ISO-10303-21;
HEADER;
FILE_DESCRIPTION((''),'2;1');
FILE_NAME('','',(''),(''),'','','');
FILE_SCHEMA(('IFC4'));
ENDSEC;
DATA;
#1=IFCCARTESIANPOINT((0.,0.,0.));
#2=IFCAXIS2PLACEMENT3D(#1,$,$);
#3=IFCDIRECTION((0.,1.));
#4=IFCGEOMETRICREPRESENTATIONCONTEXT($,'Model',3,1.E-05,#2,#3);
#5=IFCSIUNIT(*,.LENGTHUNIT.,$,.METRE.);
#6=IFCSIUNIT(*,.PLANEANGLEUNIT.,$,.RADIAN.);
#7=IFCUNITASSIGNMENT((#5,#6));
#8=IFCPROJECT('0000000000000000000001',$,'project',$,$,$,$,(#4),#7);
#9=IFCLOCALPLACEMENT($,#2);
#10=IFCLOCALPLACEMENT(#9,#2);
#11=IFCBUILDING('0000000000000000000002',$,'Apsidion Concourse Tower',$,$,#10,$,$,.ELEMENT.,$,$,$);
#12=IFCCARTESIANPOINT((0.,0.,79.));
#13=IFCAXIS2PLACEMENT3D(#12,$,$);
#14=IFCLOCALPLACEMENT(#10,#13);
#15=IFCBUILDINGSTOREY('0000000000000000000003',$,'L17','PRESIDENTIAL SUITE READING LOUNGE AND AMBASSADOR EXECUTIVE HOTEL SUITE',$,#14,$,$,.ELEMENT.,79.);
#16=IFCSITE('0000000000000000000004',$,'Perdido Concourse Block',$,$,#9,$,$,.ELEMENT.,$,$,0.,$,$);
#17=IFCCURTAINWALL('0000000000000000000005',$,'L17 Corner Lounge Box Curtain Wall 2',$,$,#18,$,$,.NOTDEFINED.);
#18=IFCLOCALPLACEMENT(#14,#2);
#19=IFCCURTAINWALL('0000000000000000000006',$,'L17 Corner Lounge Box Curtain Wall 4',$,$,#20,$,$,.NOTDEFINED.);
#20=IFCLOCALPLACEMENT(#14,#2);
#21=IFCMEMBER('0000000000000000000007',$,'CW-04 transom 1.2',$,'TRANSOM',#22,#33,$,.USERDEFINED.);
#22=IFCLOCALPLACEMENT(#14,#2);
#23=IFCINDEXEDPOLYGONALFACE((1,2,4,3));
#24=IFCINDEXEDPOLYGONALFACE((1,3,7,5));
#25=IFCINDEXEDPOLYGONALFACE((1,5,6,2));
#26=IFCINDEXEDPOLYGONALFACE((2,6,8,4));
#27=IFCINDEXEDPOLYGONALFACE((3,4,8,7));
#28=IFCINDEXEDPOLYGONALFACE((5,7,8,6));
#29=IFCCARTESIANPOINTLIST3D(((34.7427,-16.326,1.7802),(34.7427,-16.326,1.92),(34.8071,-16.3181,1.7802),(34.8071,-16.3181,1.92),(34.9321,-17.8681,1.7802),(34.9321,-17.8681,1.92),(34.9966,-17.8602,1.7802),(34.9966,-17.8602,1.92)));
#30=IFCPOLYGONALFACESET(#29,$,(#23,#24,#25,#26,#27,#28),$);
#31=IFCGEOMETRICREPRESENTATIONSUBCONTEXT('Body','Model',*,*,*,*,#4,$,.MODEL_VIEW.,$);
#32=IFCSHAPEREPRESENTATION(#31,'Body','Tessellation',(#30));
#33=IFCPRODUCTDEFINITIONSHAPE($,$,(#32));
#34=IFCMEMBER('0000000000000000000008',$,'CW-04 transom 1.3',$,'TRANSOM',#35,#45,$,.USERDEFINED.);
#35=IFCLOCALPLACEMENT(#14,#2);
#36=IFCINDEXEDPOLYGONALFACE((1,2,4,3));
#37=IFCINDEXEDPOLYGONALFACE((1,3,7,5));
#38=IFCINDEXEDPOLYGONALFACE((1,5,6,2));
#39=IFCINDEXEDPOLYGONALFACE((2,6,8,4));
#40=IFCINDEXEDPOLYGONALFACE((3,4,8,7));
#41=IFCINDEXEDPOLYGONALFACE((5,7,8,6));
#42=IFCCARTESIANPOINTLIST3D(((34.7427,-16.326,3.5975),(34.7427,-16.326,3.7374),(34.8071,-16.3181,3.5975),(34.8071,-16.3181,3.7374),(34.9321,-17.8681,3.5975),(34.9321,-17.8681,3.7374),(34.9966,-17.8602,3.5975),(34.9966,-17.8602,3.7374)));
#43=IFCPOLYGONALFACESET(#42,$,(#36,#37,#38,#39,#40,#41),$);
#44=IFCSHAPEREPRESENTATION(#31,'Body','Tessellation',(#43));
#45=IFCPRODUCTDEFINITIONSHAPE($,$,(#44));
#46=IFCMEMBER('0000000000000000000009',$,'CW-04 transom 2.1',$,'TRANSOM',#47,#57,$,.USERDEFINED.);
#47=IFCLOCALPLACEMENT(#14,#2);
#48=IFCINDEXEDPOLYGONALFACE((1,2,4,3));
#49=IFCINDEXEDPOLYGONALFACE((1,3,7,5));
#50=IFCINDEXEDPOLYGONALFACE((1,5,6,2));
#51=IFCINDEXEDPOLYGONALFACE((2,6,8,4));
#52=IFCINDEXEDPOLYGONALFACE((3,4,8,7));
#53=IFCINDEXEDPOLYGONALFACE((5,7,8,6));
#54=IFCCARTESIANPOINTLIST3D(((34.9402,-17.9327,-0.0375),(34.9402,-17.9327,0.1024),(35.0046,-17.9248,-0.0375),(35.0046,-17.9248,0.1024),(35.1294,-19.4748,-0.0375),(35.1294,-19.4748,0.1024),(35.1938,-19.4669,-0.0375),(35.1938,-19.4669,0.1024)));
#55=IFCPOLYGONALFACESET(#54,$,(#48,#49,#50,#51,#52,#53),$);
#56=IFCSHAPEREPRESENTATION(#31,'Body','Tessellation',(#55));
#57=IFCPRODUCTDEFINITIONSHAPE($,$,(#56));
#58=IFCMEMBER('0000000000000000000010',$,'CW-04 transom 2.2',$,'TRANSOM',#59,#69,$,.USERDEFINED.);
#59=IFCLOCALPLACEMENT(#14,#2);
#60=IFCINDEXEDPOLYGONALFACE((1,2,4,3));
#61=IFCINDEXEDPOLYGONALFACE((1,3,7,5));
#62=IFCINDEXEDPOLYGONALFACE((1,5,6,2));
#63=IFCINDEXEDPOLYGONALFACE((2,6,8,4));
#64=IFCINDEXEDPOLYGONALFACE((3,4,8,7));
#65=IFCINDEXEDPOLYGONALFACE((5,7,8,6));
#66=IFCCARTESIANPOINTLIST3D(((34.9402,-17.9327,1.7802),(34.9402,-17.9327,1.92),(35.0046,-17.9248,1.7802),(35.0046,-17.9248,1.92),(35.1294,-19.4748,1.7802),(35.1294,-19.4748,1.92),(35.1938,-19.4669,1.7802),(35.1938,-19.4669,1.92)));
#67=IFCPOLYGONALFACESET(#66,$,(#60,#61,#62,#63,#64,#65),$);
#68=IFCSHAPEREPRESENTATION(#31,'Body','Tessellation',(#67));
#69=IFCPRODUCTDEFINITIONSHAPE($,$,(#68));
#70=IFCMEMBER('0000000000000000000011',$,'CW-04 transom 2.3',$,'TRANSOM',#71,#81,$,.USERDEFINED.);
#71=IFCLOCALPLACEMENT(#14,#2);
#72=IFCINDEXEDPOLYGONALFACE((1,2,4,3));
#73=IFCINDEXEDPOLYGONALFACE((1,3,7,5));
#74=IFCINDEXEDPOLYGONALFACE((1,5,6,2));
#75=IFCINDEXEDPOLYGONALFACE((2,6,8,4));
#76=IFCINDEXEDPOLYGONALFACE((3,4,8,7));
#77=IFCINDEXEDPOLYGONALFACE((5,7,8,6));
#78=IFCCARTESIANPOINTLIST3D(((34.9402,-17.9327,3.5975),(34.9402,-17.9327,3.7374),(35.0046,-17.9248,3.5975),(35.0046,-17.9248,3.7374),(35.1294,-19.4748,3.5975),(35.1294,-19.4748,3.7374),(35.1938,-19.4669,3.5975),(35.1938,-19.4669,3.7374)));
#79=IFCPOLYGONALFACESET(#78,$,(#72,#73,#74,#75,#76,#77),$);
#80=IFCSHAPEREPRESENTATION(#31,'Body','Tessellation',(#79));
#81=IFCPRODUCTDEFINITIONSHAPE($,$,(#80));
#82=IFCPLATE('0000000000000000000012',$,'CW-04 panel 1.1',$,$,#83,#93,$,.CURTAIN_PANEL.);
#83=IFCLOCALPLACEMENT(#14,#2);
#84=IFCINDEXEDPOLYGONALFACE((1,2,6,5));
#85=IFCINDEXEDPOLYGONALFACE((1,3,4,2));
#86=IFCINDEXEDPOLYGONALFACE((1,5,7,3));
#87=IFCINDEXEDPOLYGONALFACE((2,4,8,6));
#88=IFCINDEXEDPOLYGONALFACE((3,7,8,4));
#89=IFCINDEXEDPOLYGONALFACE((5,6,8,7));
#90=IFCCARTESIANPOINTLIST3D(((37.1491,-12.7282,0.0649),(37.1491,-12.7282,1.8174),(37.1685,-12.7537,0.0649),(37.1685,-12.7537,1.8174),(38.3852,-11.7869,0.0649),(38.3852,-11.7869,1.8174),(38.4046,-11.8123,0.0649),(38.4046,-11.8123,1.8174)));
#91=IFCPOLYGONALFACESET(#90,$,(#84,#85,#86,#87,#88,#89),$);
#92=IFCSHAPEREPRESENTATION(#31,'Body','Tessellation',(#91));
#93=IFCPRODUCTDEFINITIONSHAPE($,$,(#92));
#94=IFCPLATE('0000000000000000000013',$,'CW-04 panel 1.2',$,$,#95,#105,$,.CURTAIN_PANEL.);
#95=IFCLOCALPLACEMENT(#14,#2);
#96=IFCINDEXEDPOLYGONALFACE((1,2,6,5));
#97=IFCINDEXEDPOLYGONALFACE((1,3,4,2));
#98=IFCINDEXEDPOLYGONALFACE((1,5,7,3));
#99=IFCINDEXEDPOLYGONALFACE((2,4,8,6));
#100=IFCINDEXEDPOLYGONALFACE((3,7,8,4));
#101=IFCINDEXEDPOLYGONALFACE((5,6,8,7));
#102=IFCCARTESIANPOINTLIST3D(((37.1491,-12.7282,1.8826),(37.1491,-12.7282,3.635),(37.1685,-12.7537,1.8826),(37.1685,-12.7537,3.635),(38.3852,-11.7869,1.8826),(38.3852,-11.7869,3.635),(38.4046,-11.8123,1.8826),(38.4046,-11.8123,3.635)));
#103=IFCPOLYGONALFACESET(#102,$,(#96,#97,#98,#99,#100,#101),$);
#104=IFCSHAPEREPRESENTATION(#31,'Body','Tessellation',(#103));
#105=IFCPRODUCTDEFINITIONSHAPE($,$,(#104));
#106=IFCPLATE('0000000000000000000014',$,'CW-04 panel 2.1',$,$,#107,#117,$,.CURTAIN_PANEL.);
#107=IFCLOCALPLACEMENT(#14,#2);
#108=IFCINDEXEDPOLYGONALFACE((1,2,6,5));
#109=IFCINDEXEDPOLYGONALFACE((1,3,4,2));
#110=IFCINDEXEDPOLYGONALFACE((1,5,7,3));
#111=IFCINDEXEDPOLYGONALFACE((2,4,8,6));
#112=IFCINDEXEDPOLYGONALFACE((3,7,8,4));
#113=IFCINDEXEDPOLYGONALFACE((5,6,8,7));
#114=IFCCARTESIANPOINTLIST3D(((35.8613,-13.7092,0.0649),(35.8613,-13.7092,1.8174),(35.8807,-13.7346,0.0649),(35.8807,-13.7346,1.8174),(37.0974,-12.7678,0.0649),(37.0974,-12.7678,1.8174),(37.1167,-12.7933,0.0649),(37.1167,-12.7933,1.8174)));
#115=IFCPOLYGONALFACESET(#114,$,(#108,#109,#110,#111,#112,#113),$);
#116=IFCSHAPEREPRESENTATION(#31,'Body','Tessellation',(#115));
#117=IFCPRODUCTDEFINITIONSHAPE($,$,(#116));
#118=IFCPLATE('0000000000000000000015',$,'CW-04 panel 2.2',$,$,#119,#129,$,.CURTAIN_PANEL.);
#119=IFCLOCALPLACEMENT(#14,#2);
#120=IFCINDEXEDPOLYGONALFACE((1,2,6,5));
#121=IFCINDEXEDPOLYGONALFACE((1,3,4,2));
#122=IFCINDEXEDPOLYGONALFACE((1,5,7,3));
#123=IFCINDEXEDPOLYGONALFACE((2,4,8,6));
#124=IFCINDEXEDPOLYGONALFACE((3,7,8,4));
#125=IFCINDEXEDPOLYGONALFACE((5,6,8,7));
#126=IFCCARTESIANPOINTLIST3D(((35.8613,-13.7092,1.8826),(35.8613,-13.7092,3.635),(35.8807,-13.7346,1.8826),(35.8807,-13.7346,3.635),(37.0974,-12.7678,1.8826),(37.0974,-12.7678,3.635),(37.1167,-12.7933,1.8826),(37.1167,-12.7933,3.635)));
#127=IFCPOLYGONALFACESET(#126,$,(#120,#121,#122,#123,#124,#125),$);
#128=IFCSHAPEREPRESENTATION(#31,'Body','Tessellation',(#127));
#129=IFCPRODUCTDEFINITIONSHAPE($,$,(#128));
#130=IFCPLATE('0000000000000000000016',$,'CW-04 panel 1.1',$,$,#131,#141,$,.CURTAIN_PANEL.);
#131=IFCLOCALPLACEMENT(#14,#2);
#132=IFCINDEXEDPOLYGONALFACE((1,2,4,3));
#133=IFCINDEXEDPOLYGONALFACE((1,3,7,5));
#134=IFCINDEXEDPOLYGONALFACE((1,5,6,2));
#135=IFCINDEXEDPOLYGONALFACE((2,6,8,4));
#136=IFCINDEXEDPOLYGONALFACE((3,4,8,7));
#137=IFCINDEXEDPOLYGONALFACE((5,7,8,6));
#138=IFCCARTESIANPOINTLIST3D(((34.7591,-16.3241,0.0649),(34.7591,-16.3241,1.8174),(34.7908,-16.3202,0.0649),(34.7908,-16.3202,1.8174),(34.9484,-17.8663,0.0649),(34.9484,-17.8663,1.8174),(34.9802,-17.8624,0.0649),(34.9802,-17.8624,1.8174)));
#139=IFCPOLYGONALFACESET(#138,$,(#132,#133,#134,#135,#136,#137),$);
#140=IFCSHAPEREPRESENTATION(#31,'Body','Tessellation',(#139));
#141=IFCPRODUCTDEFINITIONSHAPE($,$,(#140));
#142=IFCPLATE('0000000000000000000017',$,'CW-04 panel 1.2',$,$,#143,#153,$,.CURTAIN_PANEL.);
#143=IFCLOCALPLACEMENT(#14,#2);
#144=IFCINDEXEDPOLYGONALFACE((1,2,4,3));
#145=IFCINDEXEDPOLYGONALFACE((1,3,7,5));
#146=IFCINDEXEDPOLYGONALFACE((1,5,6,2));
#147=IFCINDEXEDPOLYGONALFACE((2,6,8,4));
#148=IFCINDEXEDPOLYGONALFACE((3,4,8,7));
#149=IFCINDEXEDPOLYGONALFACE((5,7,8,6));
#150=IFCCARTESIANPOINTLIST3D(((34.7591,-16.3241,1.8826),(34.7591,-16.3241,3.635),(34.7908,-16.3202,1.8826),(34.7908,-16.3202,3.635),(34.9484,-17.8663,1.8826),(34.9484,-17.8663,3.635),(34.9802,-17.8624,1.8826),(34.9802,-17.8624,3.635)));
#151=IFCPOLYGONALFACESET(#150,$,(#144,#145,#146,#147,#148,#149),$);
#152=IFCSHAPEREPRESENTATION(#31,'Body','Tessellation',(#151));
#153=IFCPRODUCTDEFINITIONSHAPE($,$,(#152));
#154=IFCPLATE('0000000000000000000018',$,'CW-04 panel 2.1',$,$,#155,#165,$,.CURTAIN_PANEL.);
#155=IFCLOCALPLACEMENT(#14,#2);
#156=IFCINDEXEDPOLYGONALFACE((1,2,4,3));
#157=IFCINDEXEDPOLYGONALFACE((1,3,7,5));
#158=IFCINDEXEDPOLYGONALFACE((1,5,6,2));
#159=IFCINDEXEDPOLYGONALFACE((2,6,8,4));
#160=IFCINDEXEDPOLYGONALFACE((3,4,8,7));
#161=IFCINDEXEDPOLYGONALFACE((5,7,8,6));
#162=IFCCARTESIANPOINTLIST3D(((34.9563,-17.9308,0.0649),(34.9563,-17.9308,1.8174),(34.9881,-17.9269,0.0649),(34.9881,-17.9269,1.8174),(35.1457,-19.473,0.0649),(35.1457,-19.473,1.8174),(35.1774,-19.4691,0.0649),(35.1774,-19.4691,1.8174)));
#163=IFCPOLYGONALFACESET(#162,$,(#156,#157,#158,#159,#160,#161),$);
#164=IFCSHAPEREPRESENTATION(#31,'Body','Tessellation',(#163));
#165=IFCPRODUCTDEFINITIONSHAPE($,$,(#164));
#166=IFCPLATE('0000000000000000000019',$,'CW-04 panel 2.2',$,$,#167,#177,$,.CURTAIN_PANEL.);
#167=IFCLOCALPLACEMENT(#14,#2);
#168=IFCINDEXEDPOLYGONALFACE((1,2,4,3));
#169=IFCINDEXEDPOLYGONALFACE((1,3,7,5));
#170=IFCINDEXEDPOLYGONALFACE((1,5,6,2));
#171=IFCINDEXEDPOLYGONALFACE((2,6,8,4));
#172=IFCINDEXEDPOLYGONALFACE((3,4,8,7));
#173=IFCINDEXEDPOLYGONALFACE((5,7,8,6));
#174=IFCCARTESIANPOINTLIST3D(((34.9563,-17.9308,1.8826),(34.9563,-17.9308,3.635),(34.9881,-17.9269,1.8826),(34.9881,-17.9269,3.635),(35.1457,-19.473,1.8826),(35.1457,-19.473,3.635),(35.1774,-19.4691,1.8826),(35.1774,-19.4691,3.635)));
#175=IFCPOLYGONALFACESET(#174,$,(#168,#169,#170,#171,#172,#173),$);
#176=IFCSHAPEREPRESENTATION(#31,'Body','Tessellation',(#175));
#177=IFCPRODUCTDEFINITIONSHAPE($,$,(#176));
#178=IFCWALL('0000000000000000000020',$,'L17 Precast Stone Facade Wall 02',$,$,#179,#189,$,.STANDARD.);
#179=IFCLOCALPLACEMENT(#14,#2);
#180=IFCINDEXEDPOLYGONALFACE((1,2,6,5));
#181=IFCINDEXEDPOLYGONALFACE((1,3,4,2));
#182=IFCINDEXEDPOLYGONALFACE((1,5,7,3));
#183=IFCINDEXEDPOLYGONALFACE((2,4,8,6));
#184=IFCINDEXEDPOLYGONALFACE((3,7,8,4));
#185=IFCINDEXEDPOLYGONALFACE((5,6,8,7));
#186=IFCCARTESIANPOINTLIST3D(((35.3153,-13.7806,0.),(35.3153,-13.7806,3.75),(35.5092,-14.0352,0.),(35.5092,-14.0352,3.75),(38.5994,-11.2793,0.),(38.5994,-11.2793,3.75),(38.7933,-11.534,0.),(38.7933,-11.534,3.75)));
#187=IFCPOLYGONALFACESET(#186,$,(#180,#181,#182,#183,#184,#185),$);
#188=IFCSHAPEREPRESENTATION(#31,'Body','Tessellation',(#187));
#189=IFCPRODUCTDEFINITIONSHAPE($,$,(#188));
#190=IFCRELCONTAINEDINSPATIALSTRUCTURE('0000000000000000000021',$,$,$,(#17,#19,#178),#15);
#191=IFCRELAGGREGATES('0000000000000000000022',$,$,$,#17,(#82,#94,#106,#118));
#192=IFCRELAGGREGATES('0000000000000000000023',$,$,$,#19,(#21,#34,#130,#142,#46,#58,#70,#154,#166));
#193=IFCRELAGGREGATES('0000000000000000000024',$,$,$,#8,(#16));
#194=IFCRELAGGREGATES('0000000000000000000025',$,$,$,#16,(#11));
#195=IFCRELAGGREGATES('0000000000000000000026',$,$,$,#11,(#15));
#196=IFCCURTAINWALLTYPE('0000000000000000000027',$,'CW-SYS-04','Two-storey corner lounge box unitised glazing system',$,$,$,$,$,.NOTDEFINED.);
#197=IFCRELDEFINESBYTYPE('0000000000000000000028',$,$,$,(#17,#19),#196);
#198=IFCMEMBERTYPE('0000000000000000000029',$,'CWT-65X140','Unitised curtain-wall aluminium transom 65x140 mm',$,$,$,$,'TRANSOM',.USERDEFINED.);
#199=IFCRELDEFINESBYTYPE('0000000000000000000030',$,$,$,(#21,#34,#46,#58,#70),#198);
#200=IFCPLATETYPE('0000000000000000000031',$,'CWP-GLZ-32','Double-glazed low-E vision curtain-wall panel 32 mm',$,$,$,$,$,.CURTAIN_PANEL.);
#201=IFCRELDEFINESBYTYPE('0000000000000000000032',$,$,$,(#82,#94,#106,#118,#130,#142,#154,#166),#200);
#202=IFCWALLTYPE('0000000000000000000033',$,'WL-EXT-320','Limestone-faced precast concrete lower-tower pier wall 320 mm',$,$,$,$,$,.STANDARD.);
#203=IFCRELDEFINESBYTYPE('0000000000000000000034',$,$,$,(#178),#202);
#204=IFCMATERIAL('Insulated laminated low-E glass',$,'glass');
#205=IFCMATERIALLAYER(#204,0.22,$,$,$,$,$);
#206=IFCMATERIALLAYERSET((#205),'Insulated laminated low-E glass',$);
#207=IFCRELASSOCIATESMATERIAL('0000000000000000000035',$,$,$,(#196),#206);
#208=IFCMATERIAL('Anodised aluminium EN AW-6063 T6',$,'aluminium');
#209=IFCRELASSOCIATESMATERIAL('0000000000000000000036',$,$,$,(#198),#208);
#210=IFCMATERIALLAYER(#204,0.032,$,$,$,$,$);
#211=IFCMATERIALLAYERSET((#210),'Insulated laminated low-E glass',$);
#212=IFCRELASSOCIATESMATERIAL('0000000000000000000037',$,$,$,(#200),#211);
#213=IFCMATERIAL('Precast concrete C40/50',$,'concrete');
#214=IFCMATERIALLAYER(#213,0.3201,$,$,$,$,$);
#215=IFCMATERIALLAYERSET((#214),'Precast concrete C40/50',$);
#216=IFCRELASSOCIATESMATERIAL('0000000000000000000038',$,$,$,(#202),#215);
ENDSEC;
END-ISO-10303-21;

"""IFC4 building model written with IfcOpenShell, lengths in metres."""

from ifc_helpers import new_model, si_unit, direction, frame, frame_2d, origin, origin_2d, place, context, subcontext, project, spatial, rectangle, extrude, material, layer, layer_set, material_profile, profile_set, type_object, element, aggregate, save


model = new_model("IFC4")

# Units and contexts
model_context = context("Model", 3, precision=1e-05, world=origin(), true_north=direction((0.0, 1.0)))
body_context = subcontext(model_context, "Body", "Model", "MODEL_VIEW")
ifc_project = project(units=[si_unit("LENGTHUNIT", "METRE"), si_unit("PLANEANGLEUNIT", "RADIAN")], contexts=[model_context])

# Site, building, storey
site_placement = place(None, origin())
site = spatial("IfcSite", under=ifc_project, at=site_placement, Name="Perdido Concourse Block", CompositionType="ELEMENT", RefElevation=0.0)
building_placement = place(site_placement, origin())
building = spatial("IfcBuilding", under=site, at=building_placement, Name="Apsidion Concourse Tower", CompositionType="ELEMENT")
storey_placement = place(building_placement, frame((0.0, 0.0, 79.0)))
storey = spatial("IfcBuildingStorey", under=building, at=storey_placement, Name="L17", Description="PRESIDENTIAL SUITE READING LOUNGE AND AMBASSADOR EXECUTIVE HOTEL SUITE", CompositionType="ELEMENT", Elevation=79.0)

# Curtain walls
ifc_material_1 = material(Name="Insulated laminated low-E glass", Category="glass")
ifc_layer_1 = layer(ifc_material_1, 0.22)
ifc_layer_set_1 = layer_set([ifc_layer_1], Name="Insulated laminated low-E glass")
curtain_wall_type = type_object("IfcCurtainWallType", Name="CW-SYS-04", Description="Two-storey corner lounge box unitised glazing system", PredefinedType="NOTDEFINED", material=ifc_layer_set_1)
curtain_wall_1_placement = place(storey_placement, origin())
curtain_wall_1 = element("IfcCurtainWall", 1, at=curtain_wall_1_placement, inside=storey, type_object=curtain_wall_type, Name="L17 Corner Lounge Box Curtain Wall 2", PredefinedType="NOTDEFINED")
ifc_material_2 = material(Name="Anodised aluminium EN AW-6063 T6", Category="aluminium")
curtain_wall_2_placement = place(storey_placement, origin())
curtain_wall_2 = element("IfcCurtainWall", 2, at=curtain_wall_2_placement, inside=storey, type_object=curtain_wall_type, Name="L17 Corner Lounge Box Curtain Wall 4", PredefinedType="NOTDEFINED")

# Members
ifc_material_profile_1 = material_profile(ifc_material_2, rectangle(XDim=0.0649, YDim=0.1399, at=origin_2d()), Name="ALU TRANSOM 65x140")
ifc_profile_set_1 = profile_set([ifc_material_profile_1], Name="Anodised aluminium EN AW-6063 T6")
member_type_1 = type_object("IfcMemberType", Name="CWT-65X140", Description="Unitised curtain-wall aluminium transom 65x140 mm", ElementType="TRANSOM", PredefinedType="USERDEFINED", material=ifc_profile_set_1)
member_1_placement = place(storey_placement, frame((34.7749, -16.322, 1.8501), z_axis=(0.121927, -0.992539, 0.0), x_axis=(0.992539, 0.121927, 0.0)))
member_1 = element("IfcMember", 3, at=member_1_placement, type_object=member_type_1, Name="CW-04 transom 1.2", ObjectType="TRANSOM", PredefinedType="USERDEFINED", context=body_context, shape_type="SweptSolid", body=[
    extrude(rectangle(XDim=0.0649, YDim=0.1399, at=origin_2d()), origin(), (0.0, 0.0, 1.0), 1.5537),
])
member_2_placement = place(storey_placement, frame((34.7749, -16.322, 3.6675), z_axis=(0.121927, -0.992539, 0.0), x_axis=(0.992539, 0.121927, 0.0)))
member_2 = element("IfcMember", 4, at=member_2_placement, type_object=member_type_1, Name="CW-04 transom 1.3", ObjectType="TRANSOM", PredefinedType="USERDEFINED", context=body_context, shape_type="SweptSolid", body=[
    extrude(rectangle(XDim=0.0649, YDim=0.1399, at=origin_2d()), origin(), (0.0, 0.0, 1.0), 1.5537),
])
member_3_placement = place(storey_placement, frame((34.9724, -17.9287, 0.0325), z_axis=(0.121772, -0.992558, 0.0), x_axis=(0.992558, 0.121772, 0.0)))
member_3 = element("IfcMember", 5, at=member_3_placement, type_object=member_type_1, Name="CW-04 transom 2.1", ObjectType="TRANSOM", PredefinedType="USERDEFINED", context=body_context, shape_type="SweptSolid", body=[
    extrude(rectangle(XDim=0.0649, YDim=0.1399, at=origin_2d()), origin(), (0.0, 0.0, 1.0), 1.5537),
])
member_4_placement = place(storey_placement, frame((34.9724, -17.9287, 1.8501), z_axis=(0.121772, -0.992558, 0.0), x_axis=(0.992558, 0.121772, 0.0)))
member_4 = element("IfcMember", 6, at=member_4_placement, type_object=member_type_1, Name="CW-04 transom 2.2", ObjectType="TRANSOM", PredefinedType="USERDEFINED", context=body_context, shape_type="SweptSolid", body=[
    extrude(rectangle(XDim=0.0649, YDim=0.1399, at=origin_2d()), origin(), (0.0, 0.0, 1.0), 1.5537),
])
member_5_placement = place(storey_placement, frame((34.9724, -17.9287, 3.6675), z_axis=(0.121772, -0.992558, 0.0), x_axis=(0.992558, 0.121772, 0.0)))
member_5 = element("IfcMember", 7, at=member_5_placement, type_object=member_type_1, Name="CW-04 transom 2.3", ObjectType="TRANSOM", PredefinedType="USERDEFINED", context=body_context, shape_type="SweptSolid", body=[
    extrude(rectangle(XDim=0.0649, YDim=0.1399, at=origin_2d()), origin(), (0.0, 0.0, 1.0), 1.5537),
])

# Plates
ifc_layer_2 = layer(ifc_material_1, 0.032)
ifc_layer_set_2 = layer_set([ifc_layer_2], Name="Insulated laminated low-E glass")
plate_type = type_object("IfcPlateType", Name="CWP-GLZ-32", Description="Double-glazed low-E vision curtain-wall panel 32 mm", PredefinedType="CURTAIN_PANEL", material=ifc_layer_set_2)
plate_1_placement = place(storey_placement, frame((37.7769, -12.2703, 0.0649), z_axis=(0.0, 0.0, 1.0), x_axis=(-0.795556, -0.60588, 0.0)))
plate_1 = element("IfcPlate", 8, at=plate_1_placement, type_object=plate_type, Name="CW-04 panel 1.1", PredefinedType="CURTAIN_PANEL", context=body_context, shape_type="SweptSolid", body=[
    extrude(rectangle(XDim=1.5537, YDim=0.032, at=origin_2d()), origin(), (0.0, 0.0, 1.0), 1.7524),
])
plate_2_placement = place(storey_placement, frame((37.7769, -12.2703, 1.8826), z_axis=(0.0, 0.0, 1.0), x_axis=(-0.795556, -0.60588, 0.0)))
plate_2 = element("IfcPlate", 9, at=plate_2_placement, type_object=plate_type, Name="CW-04 panel 1.2", PredefinedType="CURTAIN_PANEL", context=body_context, shape_type="SweptSolid", body=[
    extrude(rectangle(XDim=1.5537, YDim=0.032, at=origin_2d()), origin(), (0.0, 0.0, 1.0), 1.7524),
])
plate_3_placement = place(storey_placement, frame((36.489, -13.2512, 0.0649), z_axis=(0.0, 0.0, 1.0), x_axis=(-0.795556, -0.60588, 0.0)))
plate_3 = element("IfcPlate", 10, at=plate_3_placement, type_object=plate_type, Name="CW-04 panel 2.1", PredefinedType="CURTAIN_PANEL", context=body_context, shape_type="SweptSolid", body=[
    extrude(rectangle(XDim=1.5537, YDim=0.032, at=origin_2d()), origin(), (0.0, 0.0, 1.0), 1.7524),
])
plate_4_placement = place(storey_placement, frame((36.489, -13.2512, 1.8826), z_axis=(0.0, 0.0, 1.0), x_axis=(-0.795556, -0.60588, 0.0)))
plate_4 = element("IfcPlate", 11, at=plate_4_placement, type_object=plate_type, Name="CW-04 panel 2.2", PredefinedType="CURTAIN_PANEL", context=body_context, shape_type="SweptSolid", body=[
    extrude(rectangle(XDim=1.5537, YDim=0.032, at=origin_2d()), origin(), (0.0, 0.0, 1.0), 1.7524),
])
aggregate(curtain_wall_1, [plate_1, plate_2, plate_3, plate_4])
plate_5_placement = place(storey_placement, frame((34.8696, -17.0933, 0.0649), z_axis=(0.0, 0.0, 1.0), x_axis=(0.121877, -0.992545, 0.0)))
plate_5 = element("IfcPlate", 12, at=plate_5_placement, type_object=plate_type, Name="CW-04 panel 1.1", PredefinedType="CURTAIN_PANEL", context=body_context, shape_type="SweptSolid", body=[
    extrude(rectangle(XDim=1.5537, YDim=0.032, at=origin_2d()), origin(), (0.0, 0.0, 1.0), 1.7524),
])
plate_6_placement = place(storey_placement, frame((34.8696, -17.0933, 1.8826), z_axis=(0.0, 0.0, 1.0), x_axis=(0.121877, -0.992545, 0.0)))
plate_6 = element("IfcPlate", 13, at=plate_6_placement, type_object=plate_type, Name="CW-04 panel 1.2", PredefinedType="CURTAIN_PANEL", context=body_context, shape_type="SweptSolid", body=[
    extrude(rectangle(XDim=1.5537, YDim=0.032, at=origin_2d()), origin(), (0.0, 0.0, 1.0), 1.7524),
])
plate_7_placement = place(storey_placement, frame((35.0669, -18.7, 0.0649), z_axis=(0.0, 0.0, 1.0), x_axis=(0.121877, -0.992545, 0.0)))
plate_7 = element("IfcPlate", 14, at=plate_7_placement, type_object=plate_type, Name="CW-04 panel 2.1", PredefinedType="CURTAIN_PANEL", context=body_context, shape_type="SweptSolid", body=[
    extrude(rectangle(XDim=1.5537, YDim=0.032, at=origin_2d()), origin(), (0.0, 0.0, 1.0), 1.7524),
])
plate_8_placement = place(storey_placement, frame((35.0669, -18.7, 1.8826), z_axis=(0.0, 0.0, 1.0), x_axis=(0.121877, -0.992545, 0.0)))
plate_8 = element("IfcPlate", 15, at=plate_8_placement, type_object=plate_type, Name="CW-04 panel 2.2", PredefinedType="CURTAIN_PANEL", context=body_context, shape_type="SweptSolid", body=[
    extrude(rectangle(XDim=1.5537, YDim=0.032, at=origin_2d()), origin(), (0.0, 0.0, 1.0), 1.7524),
])
aggregate(curtain_wall_2, [member_1, member_2, plate_5, plate_6, member_3, member_4, member_5, plate_7, plate_8])

# Wall
ifc_material_3 = material(Name="Precast concrete C40/50", Category="concrete")
ifc_layer_3 = layer(ifc_material_3, 0.3201)
ifc_layer_set_3 = layer_set([ifc_layer_3], Name="Precast concrete C40/50")
wall_type = type_object("IfcWallType", Name="WL-EXT-320", Description="Limestone-faced precast concrete lower-tower pier wall 320 mm", PredefinedType="STANDARD", material=ifc_layer_set_3)
wall_1_placement = place(storey_placement, frame((38.6963, -11.4067, 0.0), z_axis=(0.0, 0.0, 1.0), x_axis=(-0.79555, -0.605888, 0.0)))
element("IfcWall", 16, at=wall_1_placement, inside=storey, type_object=wall_type, Name="L17 Precast Stone Facade Wall 02", PredefinedType="STANDARD", context=body_context, shape_type="SweptSolid", body=[
    extrude(rectangle(XDim=4.1282, YDim=0.3201, at=frame_2d((2.064, 0.0))), origin(), (0.0, 0.0, 1.0), 3.75),
])

save(model, "model.ifc")
